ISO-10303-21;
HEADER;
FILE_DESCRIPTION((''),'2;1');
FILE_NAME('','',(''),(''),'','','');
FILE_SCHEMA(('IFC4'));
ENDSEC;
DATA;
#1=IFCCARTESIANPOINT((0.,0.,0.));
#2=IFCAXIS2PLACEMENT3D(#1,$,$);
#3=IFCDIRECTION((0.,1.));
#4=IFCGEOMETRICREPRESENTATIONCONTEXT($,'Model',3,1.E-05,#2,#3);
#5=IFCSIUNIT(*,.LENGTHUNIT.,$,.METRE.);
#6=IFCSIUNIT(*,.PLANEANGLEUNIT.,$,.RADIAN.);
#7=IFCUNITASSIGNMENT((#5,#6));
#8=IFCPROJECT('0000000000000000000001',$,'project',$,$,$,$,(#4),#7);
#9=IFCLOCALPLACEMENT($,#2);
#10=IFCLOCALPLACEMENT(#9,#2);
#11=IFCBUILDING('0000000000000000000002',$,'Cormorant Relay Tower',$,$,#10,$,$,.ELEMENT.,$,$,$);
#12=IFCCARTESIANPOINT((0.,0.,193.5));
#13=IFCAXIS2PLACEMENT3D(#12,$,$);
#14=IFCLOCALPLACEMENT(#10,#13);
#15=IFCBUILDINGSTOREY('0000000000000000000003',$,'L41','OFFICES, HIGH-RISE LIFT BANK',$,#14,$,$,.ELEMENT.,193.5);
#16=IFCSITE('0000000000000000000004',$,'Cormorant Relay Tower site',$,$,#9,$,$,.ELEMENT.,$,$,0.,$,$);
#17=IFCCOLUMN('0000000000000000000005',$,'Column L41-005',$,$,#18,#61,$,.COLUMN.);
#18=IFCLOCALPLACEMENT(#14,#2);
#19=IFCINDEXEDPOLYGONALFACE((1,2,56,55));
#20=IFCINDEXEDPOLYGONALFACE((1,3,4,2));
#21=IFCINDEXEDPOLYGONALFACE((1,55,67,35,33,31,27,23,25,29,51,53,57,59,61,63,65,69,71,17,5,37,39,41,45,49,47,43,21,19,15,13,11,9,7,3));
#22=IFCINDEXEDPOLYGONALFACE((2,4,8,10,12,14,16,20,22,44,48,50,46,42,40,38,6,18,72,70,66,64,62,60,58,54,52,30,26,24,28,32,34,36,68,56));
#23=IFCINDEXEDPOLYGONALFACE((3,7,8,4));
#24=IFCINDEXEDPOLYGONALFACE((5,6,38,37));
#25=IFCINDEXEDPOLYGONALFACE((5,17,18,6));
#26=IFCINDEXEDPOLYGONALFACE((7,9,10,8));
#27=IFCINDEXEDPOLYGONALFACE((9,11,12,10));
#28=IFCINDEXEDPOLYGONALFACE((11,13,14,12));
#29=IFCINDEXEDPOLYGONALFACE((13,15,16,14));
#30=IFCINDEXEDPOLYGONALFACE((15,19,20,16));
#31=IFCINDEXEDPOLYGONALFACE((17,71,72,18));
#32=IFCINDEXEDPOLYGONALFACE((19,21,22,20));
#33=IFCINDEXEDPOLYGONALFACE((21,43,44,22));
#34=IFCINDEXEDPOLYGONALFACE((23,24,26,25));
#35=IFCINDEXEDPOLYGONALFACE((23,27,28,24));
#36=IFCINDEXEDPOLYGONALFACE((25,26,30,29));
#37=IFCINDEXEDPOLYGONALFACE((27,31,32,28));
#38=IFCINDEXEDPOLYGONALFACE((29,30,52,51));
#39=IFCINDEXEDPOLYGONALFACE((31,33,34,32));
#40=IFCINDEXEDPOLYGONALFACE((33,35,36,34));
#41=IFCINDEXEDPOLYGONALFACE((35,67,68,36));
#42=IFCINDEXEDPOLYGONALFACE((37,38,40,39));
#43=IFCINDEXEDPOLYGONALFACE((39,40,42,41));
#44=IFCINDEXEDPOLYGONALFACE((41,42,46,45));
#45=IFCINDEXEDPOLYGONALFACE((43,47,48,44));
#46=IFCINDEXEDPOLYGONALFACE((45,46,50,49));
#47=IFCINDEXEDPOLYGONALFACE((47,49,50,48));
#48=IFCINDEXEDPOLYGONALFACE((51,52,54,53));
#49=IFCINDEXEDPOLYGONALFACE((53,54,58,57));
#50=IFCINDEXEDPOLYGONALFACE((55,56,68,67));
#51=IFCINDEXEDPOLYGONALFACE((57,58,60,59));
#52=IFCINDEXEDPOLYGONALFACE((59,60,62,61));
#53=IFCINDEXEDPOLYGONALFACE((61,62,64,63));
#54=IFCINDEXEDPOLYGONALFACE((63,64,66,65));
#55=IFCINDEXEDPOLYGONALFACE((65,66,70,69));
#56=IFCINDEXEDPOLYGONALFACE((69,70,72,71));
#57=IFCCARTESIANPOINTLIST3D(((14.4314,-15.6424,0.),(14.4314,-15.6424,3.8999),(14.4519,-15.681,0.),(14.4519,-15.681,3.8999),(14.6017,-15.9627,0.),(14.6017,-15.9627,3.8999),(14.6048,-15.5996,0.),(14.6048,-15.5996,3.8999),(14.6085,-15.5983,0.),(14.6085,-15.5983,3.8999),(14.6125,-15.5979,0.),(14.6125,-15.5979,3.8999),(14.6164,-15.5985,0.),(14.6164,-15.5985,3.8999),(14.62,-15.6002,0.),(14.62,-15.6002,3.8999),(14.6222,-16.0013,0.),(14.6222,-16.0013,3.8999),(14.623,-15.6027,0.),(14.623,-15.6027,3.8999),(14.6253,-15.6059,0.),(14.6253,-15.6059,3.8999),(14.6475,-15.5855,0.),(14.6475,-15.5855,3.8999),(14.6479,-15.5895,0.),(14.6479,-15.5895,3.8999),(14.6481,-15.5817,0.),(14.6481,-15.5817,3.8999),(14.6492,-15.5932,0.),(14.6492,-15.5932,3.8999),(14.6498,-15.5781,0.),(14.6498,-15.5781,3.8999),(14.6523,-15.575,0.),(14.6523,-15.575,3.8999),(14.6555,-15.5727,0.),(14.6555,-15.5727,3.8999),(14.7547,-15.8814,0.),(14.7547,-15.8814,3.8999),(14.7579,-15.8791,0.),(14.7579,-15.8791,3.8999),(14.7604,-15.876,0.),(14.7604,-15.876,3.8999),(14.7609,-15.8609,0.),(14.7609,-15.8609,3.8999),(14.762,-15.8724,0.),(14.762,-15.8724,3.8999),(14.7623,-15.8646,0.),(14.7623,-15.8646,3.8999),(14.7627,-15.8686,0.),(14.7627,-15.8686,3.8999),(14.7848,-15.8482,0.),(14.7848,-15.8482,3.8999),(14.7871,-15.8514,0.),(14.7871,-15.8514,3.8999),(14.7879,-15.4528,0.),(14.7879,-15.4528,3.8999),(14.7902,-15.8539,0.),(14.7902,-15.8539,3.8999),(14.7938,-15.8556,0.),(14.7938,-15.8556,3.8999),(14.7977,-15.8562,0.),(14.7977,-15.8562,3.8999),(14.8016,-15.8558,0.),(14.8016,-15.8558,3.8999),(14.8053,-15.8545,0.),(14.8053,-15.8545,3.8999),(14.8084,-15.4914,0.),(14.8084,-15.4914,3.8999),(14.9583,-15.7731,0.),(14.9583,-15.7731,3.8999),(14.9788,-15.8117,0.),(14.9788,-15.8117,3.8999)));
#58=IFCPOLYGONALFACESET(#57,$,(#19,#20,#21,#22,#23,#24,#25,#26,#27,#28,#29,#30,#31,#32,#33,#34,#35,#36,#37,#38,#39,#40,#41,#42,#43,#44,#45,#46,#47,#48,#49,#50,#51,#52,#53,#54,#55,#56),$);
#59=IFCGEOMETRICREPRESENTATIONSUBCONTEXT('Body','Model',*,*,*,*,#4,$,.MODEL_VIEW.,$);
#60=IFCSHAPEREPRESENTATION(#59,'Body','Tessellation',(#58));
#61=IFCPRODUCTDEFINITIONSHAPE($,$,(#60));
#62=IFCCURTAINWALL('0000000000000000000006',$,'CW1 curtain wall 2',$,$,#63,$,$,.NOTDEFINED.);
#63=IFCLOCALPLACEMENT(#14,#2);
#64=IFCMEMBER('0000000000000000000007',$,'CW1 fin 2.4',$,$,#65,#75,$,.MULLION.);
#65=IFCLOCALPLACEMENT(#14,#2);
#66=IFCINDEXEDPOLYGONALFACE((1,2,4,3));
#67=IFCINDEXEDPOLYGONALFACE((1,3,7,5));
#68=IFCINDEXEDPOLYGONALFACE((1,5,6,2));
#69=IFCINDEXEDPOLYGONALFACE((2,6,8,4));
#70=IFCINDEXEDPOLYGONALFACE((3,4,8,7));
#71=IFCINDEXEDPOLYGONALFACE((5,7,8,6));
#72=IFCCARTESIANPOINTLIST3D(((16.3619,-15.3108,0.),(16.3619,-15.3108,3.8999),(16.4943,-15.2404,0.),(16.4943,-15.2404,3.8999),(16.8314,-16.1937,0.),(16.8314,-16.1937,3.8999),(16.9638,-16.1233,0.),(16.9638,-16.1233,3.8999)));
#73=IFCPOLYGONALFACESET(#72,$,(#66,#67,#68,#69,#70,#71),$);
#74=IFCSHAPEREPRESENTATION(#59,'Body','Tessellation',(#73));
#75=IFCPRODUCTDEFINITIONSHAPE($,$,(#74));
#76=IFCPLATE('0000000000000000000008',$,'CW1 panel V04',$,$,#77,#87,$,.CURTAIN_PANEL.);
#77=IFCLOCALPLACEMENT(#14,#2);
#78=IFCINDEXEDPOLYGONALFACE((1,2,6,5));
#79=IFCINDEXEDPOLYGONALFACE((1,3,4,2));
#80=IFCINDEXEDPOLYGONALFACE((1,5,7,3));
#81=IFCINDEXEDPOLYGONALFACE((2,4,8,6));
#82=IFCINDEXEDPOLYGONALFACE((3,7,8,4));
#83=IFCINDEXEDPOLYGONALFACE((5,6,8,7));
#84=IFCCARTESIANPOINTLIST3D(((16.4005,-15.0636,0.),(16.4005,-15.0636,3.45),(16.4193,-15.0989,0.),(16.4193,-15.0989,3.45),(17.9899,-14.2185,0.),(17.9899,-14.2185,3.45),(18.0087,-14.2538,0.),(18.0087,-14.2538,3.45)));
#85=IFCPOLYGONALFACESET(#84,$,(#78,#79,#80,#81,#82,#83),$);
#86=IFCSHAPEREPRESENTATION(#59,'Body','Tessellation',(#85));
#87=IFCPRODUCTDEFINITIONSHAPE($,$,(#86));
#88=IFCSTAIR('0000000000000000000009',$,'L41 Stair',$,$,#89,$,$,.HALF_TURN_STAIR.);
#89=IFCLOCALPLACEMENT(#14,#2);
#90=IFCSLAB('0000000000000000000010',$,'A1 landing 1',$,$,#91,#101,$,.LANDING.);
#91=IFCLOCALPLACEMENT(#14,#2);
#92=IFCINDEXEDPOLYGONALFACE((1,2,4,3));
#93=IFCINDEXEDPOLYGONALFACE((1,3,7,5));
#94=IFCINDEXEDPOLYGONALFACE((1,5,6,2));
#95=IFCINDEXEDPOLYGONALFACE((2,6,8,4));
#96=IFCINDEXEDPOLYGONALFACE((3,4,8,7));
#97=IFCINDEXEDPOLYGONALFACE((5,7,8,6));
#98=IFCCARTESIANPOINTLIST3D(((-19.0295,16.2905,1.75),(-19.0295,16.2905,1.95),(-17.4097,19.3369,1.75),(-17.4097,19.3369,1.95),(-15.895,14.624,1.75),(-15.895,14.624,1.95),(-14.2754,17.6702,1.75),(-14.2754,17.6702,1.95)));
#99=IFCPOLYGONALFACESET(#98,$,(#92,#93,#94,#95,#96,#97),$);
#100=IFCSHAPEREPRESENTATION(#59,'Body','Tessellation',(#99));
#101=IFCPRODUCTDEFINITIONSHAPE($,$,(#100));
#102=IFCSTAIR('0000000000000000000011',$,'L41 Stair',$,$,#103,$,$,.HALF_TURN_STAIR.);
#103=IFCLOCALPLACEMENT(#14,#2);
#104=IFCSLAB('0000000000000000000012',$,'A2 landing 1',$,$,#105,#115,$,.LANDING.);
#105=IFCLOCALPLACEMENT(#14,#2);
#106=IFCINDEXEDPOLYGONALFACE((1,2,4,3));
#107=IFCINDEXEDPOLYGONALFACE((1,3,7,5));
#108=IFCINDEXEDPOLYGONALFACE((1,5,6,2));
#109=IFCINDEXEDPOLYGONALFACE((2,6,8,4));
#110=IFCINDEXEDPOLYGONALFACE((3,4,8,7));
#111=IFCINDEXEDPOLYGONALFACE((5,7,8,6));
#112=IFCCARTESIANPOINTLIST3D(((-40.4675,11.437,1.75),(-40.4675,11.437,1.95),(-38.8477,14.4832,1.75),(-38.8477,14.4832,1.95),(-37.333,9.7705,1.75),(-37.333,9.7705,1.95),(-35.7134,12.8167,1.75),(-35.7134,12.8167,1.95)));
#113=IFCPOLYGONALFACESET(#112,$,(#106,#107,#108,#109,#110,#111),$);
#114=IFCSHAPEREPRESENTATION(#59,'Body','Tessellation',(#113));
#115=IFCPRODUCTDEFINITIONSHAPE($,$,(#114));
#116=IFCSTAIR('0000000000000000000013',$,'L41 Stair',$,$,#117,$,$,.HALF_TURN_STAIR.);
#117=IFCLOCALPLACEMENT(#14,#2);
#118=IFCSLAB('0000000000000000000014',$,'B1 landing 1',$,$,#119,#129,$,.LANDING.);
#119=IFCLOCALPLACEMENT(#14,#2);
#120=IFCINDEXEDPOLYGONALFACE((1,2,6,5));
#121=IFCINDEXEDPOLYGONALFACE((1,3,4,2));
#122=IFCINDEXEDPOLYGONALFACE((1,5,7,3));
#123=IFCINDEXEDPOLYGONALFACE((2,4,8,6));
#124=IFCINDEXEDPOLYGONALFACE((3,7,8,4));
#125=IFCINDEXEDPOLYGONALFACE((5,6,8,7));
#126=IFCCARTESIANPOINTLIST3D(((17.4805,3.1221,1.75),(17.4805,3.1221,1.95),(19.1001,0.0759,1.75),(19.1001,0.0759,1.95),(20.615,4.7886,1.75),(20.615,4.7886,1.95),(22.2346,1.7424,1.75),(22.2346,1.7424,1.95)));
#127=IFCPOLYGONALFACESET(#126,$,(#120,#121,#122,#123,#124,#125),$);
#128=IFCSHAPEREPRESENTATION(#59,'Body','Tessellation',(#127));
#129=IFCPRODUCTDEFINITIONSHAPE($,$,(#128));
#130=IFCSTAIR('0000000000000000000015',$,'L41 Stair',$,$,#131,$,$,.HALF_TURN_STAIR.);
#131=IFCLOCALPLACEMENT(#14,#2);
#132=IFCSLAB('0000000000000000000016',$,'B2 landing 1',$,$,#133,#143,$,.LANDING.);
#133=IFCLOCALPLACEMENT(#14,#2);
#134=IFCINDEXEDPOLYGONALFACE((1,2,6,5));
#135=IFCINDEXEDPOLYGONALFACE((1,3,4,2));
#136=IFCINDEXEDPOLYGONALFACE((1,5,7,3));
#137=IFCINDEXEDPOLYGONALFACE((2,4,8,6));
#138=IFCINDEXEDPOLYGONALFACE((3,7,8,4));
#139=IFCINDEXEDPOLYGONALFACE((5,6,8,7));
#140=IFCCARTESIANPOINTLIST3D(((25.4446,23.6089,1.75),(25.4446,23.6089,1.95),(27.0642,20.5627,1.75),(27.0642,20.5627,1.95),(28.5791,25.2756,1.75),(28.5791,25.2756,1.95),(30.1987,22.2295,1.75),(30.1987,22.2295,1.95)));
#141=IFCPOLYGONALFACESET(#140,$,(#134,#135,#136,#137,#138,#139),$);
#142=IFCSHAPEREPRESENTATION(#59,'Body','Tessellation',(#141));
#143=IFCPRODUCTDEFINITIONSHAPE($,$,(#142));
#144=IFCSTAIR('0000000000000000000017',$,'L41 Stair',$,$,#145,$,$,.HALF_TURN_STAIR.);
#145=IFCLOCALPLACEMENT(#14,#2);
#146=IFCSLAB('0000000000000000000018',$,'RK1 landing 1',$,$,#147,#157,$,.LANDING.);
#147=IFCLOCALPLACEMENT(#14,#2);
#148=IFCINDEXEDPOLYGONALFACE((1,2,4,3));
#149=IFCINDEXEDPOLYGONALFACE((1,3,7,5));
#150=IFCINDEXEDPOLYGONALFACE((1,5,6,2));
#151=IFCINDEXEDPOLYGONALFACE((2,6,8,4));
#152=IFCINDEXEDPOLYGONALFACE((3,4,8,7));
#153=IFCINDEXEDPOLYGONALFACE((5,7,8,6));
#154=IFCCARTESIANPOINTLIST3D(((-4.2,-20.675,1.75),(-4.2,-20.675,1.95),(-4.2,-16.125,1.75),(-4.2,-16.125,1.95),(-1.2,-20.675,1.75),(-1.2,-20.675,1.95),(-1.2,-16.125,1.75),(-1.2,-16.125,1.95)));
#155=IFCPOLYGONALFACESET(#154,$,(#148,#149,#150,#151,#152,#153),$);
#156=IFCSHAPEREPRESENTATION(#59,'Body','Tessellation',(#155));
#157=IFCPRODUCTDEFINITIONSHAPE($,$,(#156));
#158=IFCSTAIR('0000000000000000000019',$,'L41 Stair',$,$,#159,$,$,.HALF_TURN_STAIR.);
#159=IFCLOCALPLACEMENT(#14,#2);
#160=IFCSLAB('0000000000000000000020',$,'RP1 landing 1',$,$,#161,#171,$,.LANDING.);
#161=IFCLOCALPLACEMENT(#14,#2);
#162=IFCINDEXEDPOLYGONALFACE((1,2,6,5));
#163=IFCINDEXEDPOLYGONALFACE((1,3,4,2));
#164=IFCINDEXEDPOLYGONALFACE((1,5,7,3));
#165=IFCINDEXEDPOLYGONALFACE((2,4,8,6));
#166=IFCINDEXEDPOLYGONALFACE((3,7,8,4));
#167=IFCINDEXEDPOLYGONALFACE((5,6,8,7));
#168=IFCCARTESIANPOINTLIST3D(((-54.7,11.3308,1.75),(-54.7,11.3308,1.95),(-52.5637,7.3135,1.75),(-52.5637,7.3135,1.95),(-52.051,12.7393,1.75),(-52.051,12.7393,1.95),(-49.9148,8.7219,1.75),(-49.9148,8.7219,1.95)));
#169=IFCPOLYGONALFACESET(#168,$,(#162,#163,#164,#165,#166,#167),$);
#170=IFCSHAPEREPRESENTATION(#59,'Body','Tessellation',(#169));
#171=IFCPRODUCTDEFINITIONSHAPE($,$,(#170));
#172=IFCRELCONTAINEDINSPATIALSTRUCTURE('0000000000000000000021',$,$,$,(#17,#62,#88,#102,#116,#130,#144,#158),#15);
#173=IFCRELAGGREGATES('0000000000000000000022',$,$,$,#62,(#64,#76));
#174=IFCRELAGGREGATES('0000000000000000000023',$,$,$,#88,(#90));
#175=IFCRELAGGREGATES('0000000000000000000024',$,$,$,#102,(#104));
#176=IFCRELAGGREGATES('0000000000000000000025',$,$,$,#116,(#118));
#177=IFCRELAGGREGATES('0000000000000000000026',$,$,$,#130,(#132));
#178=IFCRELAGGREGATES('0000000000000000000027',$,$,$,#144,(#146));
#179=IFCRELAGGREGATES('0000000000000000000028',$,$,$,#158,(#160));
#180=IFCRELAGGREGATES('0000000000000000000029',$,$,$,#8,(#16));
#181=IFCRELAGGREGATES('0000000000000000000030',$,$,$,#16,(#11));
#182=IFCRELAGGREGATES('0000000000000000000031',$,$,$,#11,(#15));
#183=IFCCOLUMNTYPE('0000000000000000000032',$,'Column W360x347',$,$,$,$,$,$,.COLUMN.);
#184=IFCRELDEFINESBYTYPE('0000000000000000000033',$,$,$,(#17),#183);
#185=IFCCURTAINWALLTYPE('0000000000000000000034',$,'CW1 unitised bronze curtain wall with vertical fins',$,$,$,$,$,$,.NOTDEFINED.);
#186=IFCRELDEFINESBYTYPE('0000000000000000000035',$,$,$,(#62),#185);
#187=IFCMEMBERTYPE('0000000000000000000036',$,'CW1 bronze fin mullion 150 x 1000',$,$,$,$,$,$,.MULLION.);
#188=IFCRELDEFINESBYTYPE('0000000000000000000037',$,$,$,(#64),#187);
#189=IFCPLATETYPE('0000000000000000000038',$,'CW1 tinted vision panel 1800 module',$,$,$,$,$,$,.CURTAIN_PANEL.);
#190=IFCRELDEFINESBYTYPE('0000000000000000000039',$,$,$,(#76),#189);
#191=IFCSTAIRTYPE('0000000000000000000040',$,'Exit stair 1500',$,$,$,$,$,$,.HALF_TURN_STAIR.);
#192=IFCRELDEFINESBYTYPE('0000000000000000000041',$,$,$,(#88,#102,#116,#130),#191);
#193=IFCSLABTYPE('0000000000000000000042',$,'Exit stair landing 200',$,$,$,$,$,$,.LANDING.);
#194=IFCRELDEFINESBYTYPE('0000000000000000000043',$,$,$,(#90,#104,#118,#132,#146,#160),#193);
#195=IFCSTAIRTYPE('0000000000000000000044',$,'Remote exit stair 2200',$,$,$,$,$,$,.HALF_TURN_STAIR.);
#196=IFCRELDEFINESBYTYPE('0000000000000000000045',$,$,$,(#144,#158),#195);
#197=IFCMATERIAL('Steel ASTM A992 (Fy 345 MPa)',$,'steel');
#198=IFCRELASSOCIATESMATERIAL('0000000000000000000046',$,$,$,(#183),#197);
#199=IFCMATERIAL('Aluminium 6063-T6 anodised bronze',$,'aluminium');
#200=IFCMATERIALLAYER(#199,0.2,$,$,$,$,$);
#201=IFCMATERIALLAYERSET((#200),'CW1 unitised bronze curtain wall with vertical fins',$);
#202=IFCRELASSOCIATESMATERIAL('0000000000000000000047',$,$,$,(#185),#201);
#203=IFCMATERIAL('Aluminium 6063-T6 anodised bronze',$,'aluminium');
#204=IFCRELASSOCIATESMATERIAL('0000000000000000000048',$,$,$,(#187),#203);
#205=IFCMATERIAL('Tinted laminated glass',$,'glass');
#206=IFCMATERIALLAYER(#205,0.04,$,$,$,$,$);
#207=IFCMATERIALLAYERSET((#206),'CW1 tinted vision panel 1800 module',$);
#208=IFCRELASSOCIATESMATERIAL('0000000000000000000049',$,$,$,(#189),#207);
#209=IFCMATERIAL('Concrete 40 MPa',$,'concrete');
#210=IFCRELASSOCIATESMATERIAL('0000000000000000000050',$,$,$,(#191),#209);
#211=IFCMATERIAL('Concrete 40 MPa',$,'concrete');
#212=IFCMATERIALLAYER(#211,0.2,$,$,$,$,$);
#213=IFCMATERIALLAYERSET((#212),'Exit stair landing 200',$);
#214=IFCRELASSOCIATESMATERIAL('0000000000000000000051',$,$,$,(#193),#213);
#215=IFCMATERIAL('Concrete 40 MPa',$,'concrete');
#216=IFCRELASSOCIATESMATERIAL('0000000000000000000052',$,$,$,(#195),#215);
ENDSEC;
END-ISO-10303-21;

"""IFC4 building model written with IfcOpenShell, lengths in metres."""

from ifc_helpers import new_model, si_unit, direction, frame, origin, origin_2d, place, context, subcontext, project, spatial, polyline, rectangle, i_section, outline, extrude, material, layer, layer_set, material_profile, profile_set, type_object, element, aggregate, save


model = new_model("IFC4")

# Units and contexts
model_context = context("Model", 3, precision=1e-05, world=origin(), true_north=direction((0.0, 1.0)))
body_context = subcontext(model_context, "Body", "Model", "MODEL_VIEW")
ifc_project = project(units=[si_unit("LENGTHUNIT", "METRE"), si_unit("PLANEANGLEUNIT", "RADIAN")], contexts=[model_context])

# Site, building, storey
site_placement = place(None, origin())
site = spatial("IfcSite", under=ifc_project, at=site_placement, Name="Cormorant Relay Tower site", CompositionType="ELEMENT", RefElevation=0.0)
building_placement = place(site_placement, origin())
building = spatial("IfcBuilding", under=site, at=building_placement, Name="Cormorant Relay Tower", CompositionType="ELEMENT")
storey_placement = place(building_placement, frame((0.0, 0.0, 193.5)))
storey = spatial("IfcBuildingStorey", under=building, at=storey_placement, Name="L41", Description="OFFICES, HIGH-RISE LIFT BANK", CompositionType="ELEMENT", Elevation=193.5)

# Column
ifc_material_1 = material(Name="Steel ASTM A992 (Fy 345 MPa)", Category="steel")
ifc_material_profile_1 = material_profile(ifc_material_1, i_section(OverallWidth=0.4038, OverallDepth=0.4065, WebThickness=0.0271, FlangeThickness=0.0437, FilletRadius=0.0151, at=origin_2d()), Name="W360x347")
ifc_profile_set_1 = profile_set([ifc_material_profile_1], Name="Steel ASTM A992 (Fy 345 MPa)")
column_type_1 = type_object("IfcColumnType", Name="Column W360x347", PredefinedType="COLUMN", material=ifc_profile_set_1)
column_placement = place(storey_placement, frame((14.7051, -15.7271, 0.0), z_axis=(0.0, 0.0, 1.0), x_axis=(0.882948, 0.469472, 0.0)))
element("IfcColumn", 1, at=column_placement, inside=storey, type_object=column_type_1, Name="Column L41-005", PredefinedType="COLUMN", context=body_context, shape_type="SweptSolid", body=[
    extrude(i_section(OverallWidth=0.4038, OverallDepth=0.4065, WebThickness=0.0271, FlangeThickness=0.0437, FilletRadius=0.0151, at=origin_2d()), origin(), (0.0, 0.0, 1.0), 3.8999),
])

# Curtain wall, member, plate
ifc_material_2 = material(Name="Aluminium 6063-T6 anodised bronze", Category="aluminium")
ifc_layer_1 = layer(ifc_material_2, 0.2)
ifc_layer_set_1 = layer_set([ifc_layer_1], Name="CW1 unitised bronze curtain wall with vertical fins")
curtain_wall_type = type_object("IfcCurtainWallType", Name="CW1 unitised bronze curtain wall with vertical fins", PredefinedType="NOTDEFINED", material=ifc_layer_set_1)
curtain_wall_placement = place(storey_placement, origin())
curtain_wall = element("IfcCurtainWall", 2, at=curtain_wall_placement, inside=storey, type_object=curtain_wall_type, Name="CW1 curtain wall 2", PredefinedType="NOTDEFINED")
ifc_material_3 = material(Name="Aluminium 6063-T6 anodised bronze", Category="aluminium")
ifc_material_profile_2 = material_profile(ifc_material_3, rectangle(XDim=0.1499, YDim=1.0, at=origin_2d()), Name="AL 150x1000")
ifc_profile_set_2 = profile_set([ifc_material_profile_2], Name="Aluminium 6063-T6 anodised bronze")
member_type = type_object("IfcMemberType", Name="CW1 bronze fin mullion 150 x 1000", PredefinedType="MULLION", material=ifc_profile_set_2)
member_placement = place(storey_placement, frame((16.6628, -15.717, 0.0), z_axis=(0.0, 0.0, 1.0), x_axis=(0.882948, 0.469472, 0.0)))
member = element("IfcMember", 3, at=member_placement, type_object=member_type, Name="CW1 fin 2.4", PredefinedType="MULLION", context=body_context, shape_type="SweptSolid", body=[
    extrude(rectangle(XDim=0.1499, YDim=1.0, at=origin_2d()), origin(), (0.0, 0.0, 1.0), 3.8999),
])
ifc_material_4 = material(Name="Tinted laminated glass", Category="glass")
ifc_layer_2 = layer(ifc_material_4, 0.04)
ifc_layer_set_2 = layer_set([ifc_layer_2], Name="CW1 tinted vision panel 1800 module")
plate_type = type_object("IfcPlateType", Name="CW1 tinted vision panel 1800 module", PredefinedType="CURTAIN_PANEL", material=ifc_layer_set_2)
plate_placement = place(storey_placement, frame((17.2046, -14.6587, 0.0), z_axis=(0.0, 0.0, 1.0), x_axis=(0.882948, 0.469472, 0.0)))
plate = element("IfcPlate", 4, at=plate_placement, type_object=plate_type, Name="CW1 panel V04", PredefinedType="CURTAIN_PANEL", context=body_context, shape_type="SweptSolid", body=[
    extrude(rectangle(XDim=1.8, YDim=0.04, at=origin_2d()), origin(), (0.0, 0.0, 1.0), 3.45),
])
aggregate(curtain_wall, [member, plate])

# Stairs, slabs
ifc_material_5 = material(Name="Concrete 40 MPa", Category="concrete")
stair_type_1 = type_object("IfcStairType", Name="Exit stair 1500", PredefinedType="HALF_TURN_STAIR", material=ifc_material_5)
stair_1_placement = place(storey_placement, origin())
stair_1 = element("IfcStair", 5, at=stair_1_placement, inside=storey, type_object=stair_type_1, Name="L41 Stair", PredefinedType="HALF_TURN_STAIR")
ifc_material_6 = material(Name="Concrete 40 MPa", Category="concrete")
ifc_layer_3 = layer(ifc_material_6, 0.2)
ifc_layer_set_3 = layer_set([ifc_layer_3], Name="Exit stair landing 200")
slab_type_1 = type_object("IfcSlabType", Name="Exit stair landing 200", PredefinedType="LANDING", material=ifc_layer_set_3)
slab_1_placement = place(storey_placement, frame((0.0, 0.0, 1.75)))
slab_1 = element("IfcSlab", 6, at=slab_1_placement, type_object=slab_type_1, Name="A1 landing 1", PredefinedType="LANDING", context=body_context, shape_type="SweptSolid", body=[
    extrude(outline(polyline([(-19.0295, 16.2905), (-15.895, 14.624), (-14.2754, 17.6702), (-17.4097, 19.3369), (-19.0295, 16.2905)])), origin(), (0.0, 0.0, 1.0), 0.2),
])
aggregate(stair_1, [slab_1])
stair_2_placement = place(storey_placement, origin())
stair_2 = element("IfcStair", 7, at=stair_2_placement, inside=storey, type_object=stair_type_1, Name="L41 Stair", PredefinedType="HALF_TURN_STAIR")
slab_2_placement = place(storey_placement, frame((0.0, 0.0, 1.75)))
slab_2 = element("IfcSlab", 8, at=slab_2_placement, type_object=slab_type_1, Name="A2 landing 1", PredefinedType="LANDING", context=body_context, shape_type="SweptSolid", body=[
    extrude(outline(polyline([(-35.7134, 12.8167), (-38.8477, 14.4832), (-40.4675, 11.437), (-37.333, 9.7705), (-35.7134, 12.8167)])), origin(), (0.0, 0.0, 1.0), 0.2),
])
aggregate(stair_2, [slab_2])
stair_3_placement = place(storey_placement, origin())
stair_3 = element("IfcStair", 9, at=stair_3_placement, inside=storey, type_object=stair_type_1, Name="L41 Stair", PredefinedType="HALF_TURN_STAIR")
slab_3_placement = place(storey_placement, frame((0.0, 0.0, 1.75)))
slab_3 = element("IfcSlab", 10, at=slab_3_placement, type_object=slab_type_1, Name="B1 landing 1", PredefinedType="LANDING", context=body_context, shape_type="SweptSolid", body=[
    extrude(outline(polyline([(20.615, 4.7886), (17.4805, 3.1221), (19.1001, 0.0759), (22.2346, 1.7424), (20.615, 4.7886)])), origin(), (0.0, 0.0, 1.0), 0.2),
])
aggregate(stair_3, [slab_3])
stair_4_placement = place(storey_placement, origin())
stair_4 = element("IfcStair", 11, at=stair_4_placement, inside=storey, type_object=stair_type_1, Name="L41 Stair", PredefinedType="HALF_TURN_STAIR")
slab_4_placement = place(storey_placement, frame((0.0, 0.0, 1.75)))
slab_4 = element("IfcSlab", 12, at=slab_4_placement, type_object=slab_type_1, Name="B2 landing 1", PredefinedType="LANDING", context=body_context, shape_type="SweptSolid", body=[
    extrude(outline(polyline([(27.0642, 20.5627), (30.1987, 22.2295), (28.5791, 25.2756), (25.4446, 23.6089), (27.0642, 20.5627)])), origin(), (0.0, 0.0, 1.0), 0.2),
])
aggregate(stair_4, [slab_4])
ifc_material_7 = material(Name="Concrete 40 MPa", Category="concrete")
stair_type_2 = type_object("IfcStairType", Name="Remote exit stair 2200", PredefinedType="HALF_TURN_STAIR", material=ifc_material_7)
stair_5_placement = place(storey_placement, origin())
stair_5 = element("IfcStair", 13, at=stair_5_placement, inside=storey, type_object=stair_type_2, Name="L41 Stair", PredefinedType="HALF_TURN_STAIR")
slab_5_placement = place(storey_placement, frame((0.0, 0.0, 1.75)))
slab_5 = element("IfcSlab", 14, at=slab_5_placement, type_object=slab_type_1, Name="RK1 landing 1", PredefinedType="LANDING", context=body_context, shape_type="SweptSolid", body=[
    extrude(outline(polyline([(-1.2, -16.125), (-4.2, -16.125), (-4.2, -20.675), (-1.2, -20.675), (-1.2, -16.125)])), origin(), (0.0, 0.0, 1.0), 0.2),
])
aggregate(stair_5, [slab_5])
stair_6_placement = place(storey_placement, origin())
stair_6 = element("IfcStair", 15, at=stair_6_placement, inside=storey, type_object=stair_type_2, Name="L41 Stair", PredefinedType="HALF_TURN_STAIR")
slab_6_placement = place(storey_placement, frame((0.0, 0.0, 1.75)))
slab_6 = element("IfcSlab", 16, at=slab_6_placement, type_object=slab_type_1, Name="RP1 landing 1", PredefinedType="LANDING", context=body_context, shape_type="SweptSolid", body=[
    extrude(outline(polyline([(-52.051, 12.7393), (-54.7, 11.3308), (-52.5637, 7.3135), (-49.9148, 8.7219), (-52.051, 12.7393)])), origin(), (0.0, 0.0, 1.0), 0.2),
])
aggregate(stair_6, [slab_6])

save(model, "model.ifc")
